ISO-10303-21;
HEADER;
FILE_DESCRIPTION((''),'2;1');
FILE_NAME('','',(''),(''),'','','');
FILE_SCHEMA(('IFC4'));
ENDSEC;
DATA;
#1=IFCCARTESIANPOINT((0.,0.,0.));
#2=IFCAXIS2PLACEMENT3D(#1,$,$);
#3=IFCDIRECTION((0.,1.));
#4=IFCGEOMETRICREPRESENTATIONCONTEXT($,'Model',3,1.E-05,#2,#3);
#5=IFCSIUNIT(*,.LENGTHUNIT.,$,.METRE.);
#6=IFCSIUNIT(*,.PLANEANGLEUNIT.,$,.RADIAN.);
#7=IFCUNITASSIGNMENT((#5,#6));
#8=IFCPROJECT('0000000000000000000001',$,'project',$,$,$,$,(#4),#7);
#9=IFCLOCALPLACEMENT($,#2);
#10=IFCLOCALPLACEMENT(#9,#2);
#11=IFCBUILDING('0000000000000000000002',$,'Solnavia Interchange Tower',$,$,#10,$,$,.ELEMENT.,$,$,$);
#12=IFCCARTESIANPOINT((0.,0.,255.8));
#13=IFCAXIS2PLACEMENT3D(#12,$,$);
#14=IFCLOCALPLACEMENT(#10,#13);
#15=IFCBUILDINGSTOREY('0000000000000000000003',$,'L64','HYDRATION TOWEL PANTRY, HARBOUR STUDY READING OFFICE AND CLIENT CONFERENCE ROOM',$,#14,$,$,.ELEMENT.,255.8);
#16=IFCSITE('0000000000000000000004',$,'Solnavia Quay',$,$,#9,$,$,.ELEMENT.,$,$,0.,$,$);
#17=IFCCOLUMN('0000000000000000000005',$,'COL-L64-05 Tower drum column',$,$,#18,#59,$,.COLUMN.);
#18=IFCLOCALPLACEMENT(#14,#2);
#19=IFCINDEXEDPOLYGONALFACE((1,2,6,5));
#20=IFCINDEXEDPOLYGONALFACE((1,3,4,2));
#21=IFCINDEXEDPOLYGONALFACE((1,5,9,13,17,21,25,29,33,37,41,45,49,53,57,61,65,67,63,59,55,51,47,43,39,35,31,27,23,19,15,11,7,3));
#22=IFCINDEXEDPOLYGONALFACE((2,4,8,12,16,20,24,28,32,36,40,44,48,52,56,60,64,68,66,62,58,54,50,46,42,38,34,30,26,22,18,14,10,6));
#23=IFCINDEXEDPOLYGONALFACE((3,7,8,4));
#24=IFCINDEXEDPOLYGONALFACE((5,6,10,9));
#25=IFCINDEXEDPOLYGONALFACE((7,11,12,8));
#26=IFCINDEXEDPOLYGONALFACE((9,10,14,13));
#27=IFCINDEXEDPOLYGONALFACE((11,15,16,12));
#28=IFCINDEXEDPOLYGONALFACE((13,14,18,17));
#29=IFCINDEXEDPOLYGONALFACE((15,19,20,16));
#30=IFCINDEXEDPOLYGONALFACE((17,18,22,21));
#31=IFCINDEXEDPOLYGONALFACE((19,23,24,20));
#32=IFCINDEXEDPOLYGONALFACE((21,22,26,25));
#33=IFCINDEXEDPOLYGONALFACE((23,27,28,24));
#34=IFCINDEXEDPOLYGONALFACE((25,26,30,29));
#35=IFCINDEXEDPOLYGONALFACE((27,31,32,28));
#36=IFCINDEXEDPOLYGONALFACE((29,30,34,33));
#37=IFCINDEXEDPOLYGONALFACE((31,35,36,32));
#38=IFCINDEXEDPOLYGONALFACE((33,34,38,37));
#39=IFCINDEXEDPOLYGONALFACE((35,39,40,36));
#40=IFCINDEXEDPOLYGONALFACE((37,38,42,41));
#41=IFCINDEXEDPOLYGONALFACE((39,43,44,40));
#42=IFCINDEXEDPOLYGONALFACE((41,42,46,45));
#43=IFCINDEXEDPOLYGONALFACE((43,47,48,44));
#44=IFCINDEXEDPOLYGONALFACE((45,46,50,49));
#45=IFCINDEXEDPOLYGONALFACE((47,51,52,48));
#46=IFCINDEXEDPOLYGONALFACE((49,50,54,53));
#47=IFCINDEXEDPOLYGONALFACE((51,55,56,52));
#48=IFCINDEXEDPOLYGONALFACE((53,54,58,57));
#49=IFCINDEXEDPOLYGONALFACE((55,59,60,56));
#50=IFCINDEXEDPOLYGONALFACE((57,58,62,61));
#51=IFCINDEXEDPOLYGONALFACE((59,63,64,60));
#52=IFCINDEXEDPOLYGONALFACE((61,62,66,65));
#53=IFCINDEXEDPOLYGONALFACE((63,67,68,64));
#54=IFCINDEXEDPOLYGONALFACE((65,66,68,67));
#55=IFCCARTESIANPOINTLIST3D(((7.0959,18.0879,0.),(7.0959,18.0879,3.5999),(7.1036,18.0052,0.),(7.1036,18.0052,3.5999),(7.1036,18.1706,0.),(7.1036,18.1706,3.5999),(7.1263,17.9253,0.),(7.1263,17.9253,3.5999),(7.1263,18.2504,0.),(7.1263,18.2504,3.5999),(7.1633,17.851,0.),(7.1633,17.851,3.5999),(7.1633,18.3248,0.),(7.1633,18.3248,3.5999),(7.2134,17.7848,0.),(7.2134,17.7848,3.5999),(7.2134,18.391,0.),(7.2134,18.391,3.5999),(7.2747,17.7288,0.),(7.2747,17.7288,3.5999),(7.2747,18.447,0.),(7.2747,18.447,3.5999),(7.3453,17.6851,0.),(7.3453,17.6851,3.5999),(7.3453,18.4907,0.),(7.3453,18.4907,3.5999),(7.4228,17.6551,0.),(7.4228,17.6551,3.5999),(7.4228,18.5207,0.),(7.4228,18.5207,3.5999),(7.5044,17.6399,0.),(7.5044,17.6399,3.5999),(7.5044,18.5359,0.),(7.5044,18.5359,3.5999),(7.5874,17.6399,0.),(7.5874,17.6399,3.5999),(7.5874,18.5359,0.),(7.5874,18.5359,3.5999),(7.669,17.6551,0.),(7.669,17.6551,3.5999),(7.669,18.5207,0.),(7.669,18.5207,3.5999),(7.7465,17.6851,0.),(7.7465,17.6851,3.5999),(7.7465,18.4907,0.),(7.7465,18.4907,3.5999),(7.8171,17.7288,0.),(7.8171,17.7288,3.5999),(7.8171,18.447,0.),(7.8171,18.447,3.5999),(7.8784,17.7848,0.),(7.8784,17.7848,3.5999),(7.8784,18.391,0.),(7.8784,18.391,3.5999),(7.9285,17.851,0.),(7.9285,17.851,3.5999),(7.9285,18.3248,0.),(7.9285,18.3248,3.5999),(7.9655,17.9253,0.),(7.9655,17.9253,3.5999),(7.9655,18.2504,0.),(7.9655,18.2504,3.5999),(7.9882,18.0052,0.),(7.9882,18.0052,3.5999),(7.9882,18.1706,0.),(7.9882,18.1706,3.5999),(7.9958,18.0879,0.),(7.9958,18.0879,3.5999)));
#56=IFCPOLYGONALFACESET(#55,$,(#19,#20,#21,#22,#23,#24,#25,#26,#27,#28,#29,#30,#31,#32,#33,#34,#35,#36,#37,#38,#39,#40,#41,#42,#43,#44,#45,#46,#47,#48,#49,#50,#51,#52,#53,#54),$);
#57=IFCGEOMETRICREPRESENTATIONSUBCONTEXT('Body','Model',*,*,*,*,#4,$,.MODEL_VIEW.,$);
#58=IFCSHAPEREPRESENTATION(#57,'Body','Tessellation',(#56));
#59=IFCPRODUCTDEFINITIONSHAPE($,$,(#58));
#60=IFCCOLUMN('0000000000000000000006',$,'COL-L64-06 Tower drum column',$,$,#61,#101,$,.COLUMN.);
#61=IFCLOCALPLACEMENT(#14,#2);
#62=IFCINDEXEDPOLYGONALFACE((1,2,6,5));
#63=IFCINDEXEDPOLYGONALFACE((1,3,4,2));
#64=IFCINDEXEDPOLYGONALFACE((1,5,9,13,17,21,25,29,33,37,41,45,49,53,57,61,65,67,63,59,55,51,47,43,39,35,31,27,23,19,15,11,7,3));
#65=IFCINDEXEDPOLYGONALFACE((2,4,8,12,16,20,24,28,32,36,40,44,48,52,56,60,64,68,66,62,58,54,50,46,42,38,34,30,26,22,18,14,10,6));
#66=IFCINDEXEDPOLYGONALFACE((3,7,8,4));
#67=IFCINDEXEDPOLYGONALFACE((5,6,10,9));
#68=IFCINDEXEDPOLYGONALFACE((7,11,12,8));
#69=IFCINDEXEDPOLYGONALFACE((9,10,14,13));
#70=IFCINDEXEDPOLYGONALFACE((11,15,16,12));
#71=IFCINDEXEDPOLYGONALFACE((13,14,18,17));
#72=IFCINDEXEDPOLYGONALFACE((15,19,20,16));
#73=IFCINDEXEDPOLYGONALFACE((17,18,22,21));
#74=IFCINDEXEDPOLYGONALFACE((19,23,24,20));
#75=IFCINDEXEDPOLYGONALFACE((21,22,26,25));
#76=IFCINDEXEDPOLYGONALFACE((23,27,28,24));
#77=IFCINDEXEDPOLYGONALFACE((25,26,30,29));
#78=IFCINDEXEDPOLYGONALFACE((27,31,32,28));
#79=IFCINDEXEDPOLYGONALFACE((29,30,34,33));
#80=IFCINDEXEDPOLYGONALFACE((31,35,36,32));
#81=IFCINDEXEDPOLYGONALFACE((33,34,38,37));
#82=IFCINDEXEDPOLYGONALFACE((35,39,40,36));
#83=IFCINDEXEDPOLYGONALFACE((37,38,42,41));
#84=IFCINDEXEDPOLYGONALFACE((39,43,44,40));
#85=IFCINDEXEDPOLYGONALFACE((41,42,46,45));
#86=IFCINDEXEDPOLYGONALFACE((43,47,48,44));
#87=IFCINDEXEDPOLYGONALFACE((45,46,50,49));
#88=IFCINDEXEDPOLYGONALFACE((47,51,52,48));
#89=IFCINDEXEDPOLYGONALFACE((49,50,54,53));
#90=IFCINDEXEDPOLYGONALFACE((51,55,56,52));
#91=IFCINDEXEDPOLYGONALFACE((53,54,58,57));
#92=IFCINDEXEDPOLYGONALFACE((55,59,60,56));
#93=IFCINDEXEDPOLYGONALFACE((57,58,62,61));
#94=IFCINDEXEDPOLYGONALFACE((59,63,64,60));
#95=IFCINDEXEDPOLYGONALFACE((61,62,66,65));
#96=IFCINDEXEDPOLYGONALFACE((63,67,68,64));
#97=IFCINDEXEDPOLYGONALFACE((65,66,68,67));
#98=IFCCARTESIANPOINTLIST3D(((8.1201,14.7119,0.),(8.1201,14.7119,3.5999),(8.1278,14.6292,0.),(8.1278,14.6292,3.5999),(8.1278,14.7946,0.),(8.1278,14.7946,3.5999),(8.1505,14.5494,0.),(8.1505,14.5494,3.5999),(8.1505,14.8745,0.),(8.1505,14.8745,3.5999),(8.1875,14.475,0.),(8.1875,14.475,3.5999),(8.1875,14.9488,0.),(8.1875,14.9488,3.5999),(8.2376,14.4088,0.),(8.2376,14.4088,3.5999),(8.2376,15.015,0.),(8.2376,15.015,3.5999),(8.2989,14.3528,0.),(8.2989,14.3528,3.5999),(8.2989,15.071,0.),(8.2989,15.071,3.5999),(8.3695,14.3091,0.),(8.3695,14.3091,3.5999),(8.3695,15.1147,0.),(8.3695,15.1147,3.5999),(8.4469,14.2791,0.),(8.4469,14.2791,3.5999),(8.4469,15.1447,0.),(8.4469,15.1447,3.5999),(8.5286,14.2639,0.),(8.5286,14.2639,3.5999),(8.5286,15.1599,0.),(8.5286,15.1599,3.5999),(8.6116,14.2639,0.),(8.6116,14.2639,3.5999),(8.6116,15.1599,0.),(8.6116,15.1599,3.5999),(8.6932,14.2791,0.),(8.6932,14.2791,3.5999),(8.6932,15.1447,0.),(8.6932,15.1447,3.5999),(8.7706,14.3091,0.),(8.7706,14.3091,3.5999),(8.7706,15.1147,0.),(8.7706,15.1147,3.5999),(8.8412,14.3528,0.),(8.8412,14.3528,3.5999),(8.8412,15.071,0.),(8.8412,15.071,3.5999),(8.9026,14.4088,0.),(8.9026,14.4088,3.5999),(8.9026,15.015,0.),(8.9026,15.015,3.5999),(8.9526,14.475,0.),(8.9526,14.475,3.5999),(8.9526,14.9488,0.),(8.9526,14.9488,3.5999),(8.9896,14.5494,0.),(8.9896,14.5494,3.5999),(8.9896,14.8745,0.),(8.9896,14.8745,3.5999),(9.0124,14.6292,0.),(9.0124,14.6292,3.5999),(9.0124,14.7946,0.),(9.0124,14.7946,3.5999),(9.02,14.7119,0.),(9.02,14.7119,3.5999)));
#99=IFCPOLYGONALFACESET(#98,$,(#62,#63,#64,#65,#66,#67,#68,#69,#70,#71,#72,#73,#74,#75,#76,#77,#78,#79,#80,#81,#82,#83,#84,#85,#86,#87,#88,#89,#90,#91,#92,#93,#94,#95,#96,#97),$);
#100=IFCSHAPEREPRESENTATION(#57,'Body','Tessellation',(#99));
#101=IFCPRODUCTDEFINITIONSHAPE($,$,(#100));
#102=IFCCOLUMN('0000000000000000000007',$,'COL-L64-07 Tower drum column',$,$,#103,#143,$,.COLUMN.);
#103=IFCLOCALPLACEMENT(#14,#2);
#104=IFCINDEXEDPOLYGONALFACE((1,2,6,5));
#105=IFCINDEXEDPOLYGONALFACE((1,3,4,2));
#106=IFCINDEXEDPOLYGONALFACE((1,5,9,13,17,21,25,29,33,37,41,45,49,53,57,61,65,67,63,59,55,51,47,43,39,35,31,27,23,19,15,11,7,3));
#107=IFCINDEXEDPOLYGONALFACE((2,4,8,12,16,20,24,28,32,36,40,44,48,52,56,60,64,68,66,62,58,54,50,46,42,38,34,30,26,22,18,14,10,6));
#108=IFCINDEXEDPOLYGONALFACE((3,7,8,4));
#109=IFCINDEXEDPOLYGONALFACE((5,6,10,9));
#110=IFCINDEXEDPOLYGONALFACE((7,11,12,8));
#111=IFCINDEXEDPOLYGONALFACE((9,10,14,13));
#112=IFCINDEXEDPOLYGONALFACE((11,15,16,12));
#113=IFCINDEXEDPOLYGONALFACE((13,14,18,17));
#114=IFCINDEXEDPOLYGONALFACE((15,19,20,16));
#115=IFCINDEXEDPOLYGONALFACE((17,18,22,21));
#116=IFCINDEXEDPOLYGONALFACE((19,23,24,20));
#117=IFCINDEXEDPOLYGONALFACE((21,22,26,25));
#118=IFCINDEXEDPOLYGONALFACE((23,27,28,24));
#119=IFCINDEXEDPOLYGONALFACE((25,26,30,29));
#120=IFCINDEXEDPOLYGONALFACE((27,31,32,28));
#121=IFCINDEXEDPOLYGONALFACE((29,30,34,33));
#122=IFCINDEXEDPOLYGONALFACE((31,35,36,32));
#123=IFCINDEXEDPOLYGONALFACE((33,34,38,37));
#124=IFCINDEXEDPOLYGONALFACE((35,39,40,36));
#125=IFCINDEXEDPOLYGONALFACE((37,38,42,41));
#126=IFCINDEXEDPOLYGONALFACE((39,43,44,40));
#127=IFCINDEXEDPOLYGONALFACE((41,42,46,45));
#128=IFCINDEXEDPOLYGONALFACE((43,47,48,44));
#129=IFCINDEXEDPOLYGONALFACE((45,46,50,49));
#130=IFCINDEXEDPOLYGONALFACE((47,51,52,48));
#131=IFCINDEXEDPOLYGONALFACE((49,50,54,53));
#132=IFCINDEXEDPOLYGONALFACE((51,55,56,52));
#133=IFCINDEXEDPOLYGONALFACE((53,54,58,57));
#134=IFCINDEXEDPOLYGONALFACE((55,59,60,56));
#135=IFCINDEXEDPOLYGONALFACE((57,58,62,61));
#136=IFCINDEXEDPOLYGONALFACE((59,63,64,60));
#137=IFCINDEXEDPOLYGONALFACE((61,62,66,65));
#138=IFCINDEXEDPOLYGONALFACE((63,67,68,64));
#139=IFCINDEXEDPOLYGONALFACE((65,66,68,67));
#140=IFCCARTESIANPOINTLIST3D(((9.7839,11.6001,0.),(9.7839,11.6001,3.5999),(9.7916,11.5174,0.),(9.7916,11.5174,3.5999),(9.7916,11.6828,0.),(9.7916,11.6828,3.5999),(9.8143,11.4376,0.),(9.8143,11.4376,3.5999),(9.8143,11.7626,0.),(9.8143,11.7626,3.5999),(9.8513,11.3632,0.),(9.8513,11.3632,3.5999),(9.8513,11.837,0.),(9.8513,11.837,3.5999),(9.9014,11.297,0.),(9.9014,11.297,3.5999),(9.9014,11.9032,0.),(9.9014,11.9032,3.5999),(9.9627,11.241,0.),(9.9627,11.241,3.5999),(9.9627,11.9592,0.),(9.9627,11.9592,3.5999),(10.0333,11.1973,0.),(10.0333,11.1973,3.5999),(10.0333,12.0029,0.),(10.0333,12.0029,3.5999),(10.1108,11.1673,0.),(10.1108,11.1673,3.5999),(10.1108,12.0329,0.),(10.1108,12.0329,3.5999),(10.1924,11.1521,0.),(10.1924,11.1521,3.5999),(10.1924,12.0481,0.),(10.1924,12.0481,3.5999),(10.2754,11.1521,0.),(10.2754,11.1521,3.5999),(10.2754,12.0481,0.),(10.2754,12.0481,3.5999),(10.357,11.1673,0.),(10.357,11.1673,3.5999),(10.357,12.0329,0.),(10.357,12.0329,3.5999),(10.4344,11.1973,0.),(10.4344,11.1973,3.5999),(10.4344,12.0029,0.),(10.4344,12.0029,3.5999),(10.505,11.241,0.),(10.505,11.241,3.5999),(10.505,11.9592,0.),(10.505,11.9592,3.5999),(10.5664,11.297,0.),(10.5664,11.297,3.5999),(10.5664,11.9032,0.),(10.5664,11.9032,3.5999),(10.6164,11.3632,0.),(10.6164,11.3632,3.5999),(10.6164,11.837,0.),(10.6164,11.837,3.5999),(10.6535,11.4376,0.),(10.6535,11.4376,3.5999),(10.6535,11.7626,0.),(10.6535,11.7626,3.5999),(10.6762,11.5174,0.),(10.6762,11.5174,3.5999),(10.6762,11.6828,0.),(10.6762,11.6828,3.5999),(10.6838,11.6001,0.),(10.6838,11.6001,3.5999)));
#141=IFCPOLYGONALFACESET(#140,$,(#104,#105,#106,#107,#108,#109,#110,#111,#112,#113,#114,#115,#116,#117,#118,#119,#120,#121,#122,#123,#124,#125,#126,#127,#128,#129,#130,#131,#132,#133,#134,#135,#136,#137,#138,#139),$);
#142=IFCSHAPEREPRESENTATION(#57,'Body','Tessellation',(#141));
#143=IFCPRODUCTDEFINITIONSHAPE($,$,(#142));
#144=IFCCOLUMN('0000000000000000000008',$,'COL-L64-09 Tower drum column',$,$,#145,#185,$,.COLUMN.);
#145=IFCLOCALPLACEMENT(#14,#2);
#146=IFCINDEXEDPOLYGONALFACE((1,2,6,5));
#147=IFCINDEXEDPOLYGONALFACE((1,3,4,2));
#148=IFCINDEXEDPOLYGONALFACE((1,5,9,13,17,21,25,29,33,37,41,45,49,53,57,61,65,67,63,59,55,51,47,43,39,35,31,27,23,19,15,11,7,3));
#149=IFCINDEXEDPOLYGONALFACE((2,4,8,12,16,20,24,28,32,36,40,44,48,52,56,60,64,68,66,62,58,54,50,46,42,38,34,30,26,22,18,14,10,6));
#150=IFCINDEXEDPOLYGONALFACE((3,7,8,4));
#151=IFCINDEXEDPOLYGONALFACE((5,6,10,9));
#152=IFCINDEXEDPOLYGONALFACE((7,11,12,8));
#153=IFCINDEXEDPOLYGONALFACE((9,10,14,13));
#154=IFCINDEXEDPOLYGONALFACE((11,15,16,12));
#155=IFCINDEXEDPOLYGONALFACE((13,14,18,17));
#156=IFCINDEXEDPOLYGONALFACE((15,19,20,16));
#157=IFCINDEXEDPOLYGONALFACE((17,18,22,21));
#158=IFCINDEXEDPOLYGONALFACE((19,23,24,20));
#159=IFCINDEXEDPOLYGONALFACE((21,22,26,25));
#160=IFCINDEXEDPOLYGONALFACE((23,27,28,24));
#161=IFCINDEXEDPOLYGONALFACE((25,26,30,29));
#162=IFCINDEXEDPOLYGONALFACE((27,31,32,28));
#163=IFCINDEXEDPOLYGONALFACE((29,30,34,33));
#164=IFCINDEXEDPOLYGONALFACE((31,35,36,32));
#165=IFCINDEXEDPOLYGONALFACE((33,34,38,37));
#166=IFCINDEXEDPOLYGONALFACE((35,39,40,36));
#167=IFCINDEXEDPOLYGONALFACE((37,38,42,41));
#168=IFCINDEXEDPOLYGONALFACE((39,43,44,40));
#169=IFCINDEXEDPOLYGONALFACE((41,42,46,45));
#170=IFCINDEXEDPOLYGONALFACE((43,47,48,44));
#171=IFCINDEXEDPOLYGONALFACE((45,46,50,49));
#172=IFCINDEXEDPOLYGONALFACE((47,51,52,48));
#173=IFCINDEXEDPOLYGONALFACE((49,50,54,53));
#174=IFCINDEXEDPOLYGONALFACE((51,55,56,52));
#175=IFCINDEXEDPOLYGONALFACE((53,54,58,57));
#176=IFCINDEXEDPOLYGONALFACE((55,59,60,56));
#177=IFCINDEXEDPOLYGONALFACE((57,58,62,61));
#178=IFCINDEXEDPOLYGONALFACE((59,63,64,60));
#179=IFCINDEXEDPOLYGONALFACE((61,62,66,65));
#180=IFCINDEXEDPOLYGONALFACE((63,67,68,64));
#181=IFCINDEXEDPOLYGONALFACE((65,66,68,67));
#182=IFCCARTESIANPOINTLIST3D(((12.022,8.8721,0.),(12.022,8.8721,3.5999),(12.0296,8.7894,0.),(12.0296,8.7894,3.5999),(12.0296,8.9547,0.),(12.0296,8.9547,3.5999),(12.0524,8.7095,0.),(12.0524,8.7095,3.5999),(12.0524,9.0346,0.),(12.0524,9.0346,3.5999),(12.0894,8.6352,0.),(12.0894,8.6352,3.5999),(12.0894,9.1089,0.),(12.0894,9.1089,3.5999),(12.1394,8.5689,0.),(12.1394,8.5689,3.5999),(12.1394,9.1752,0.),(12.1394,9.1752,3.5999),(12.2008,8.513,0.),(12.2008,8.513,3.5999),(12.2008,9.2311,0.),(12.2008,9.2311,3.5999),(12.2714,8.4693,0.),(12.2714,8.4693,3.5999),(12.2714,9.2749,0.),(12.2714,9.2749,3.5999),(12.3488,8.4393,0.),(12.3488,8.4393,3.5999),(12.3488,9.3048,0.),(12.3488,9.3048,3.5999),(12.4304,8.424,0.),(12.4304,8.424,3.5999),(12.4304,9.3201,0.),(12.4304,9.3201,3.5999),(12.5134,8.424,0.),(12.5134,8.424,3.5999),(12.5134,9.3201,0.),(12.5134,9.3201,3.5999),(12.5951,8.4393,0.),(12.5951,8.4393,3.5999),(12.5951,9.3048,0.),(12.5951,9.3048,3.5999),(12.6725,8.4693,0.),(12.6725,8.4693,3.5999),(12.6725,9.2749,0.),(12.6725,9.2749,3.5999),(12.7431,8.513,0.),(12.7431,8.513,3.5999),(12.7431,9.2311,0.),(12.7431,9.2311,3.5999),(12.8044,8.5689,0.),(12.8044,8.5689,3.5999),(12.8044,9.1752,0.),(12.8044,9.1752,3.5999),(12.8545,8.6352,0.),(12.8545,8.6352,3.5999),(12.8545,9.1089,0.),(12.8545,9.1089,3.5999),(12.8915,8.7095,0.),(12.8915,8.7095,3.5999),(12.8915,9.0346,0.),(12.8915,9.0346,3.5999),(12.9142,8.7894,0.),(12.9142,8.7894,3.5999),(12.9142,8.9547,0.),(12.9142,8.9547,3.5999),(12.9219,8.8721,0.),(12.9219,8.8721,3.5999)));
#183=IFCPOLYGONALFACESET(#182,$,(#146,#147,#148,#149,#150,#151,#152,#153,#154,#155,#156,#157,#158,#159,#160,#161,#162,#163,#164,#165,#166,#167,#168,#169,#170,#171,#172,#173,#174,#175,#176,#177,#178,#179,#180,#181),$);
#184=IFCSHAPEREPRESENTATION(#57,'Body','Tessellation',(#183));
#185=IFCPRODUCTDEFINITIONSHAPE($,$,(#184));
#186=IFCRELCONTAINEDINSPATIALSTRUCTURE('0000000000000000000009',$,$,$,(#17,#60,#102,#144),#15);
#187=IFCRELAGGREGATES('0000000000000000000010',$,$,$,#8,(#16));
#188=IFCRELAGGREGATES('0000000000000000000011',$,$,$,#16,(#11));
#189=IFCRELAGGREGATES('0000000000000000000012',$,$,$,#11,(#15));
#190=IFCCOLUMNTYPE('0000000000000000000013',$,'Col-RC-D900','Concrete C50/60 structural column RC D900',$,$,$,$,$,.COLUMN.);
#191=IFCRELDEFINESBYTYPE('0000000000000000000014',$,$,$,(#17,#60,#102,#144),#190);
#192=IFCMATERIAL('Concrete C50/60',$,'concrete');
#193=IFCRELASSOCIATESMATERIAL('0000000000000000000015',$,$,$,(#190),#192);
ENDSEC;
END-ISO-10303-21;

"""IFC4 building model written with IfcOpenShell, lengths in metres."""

from ifc_helpers import new_model, si_unit, direction, frame, origin, origin_2d, place, context, subcontext, project, spatial, circle, extrude, material, material_profile, profile_set, type_object, element, save


model = new_model("IFC4")

# Units and contexts
model_context = context("Model", 3, precision=1e-05, world=origin(), true_north=direction((0.0, 1.0)))
body_context = subcontext(model_context, "Body", "Model", "MODEL_VIEW")
ifc_project = project(units=[si_unit("LENGTHUNIT", "METRE"), si_unit("PLANEANGLEUNIT", "RADIAN")], contexts=[model_context])

# Site, building, storey
site_placement = place(None, origin())
site = spatial("IfcSite", under=ifc_project, at=site_placement, Name="Solnavia Quay", CompositionType="ELEMENT", RefElevation=0.0)
building_placement = place(site_placement, origin())
building = spatial("IfcBuilding", under=site, at=building_placement, Name="Solnavia Interchange Tower", CompositionType="ELEMENT")
storey_placement = place(building_placement, frame((0.0, 0.0, 255.8)))
storey = spatial("IfcBuildingStorey", under=building, at=storey_placement, Name="L64", Description="HYDRATION TOWEL PANTRY, HARBOUR STUDY READING OFFICE AND CLIENT CONFERENCE ROOM", CompositionType="ELEMENT", Elevation=255.8)

# Columns
ifc_material_1 = material(Name="Concrete C50/60", Category="concrete")
ifc_material_profile_1 = material_profile(ifc_material_1, circle(Radius=0.45, at=origin_2d()), Name="RC D900")
ifc_profile_set_1 = profile_set([ifc_material_profile_1], Name="Concrete C50/60")
column_type = type_object("IfcColumnType", Name="Col-RC-D900", Description="Concrete C50/60 structural column RC D900", PredefinedType="COLUMN", material=ifc_profile_set_1)
for number, where, z_axis, x_axis, name in (
    (1, (7.5459, 18.0879, 0.0), (0.0, 0.0, 1.0), (1.0, 0.0, 0.0), "COL-L64-05 Tower drum column"),
    (2, (8.5701, 14.7119, 0.0), (0.0, 0.0, 1.0), (1.0, 0.0, 0.0), "COL-L64-06 Tower drum column"),
    (3, (10.2339, 11.6001, 0.0), (0.0, 0.0, 1.0), (1.0, 0.0, 0.0), "COL-L64-07 Tower drum column"),
    (4, (12.4719, 8.8721, 0.0), (0.0, 0.0, 1.0), (1.0, 0.0, 0.0), "COL-L64-09 Tower drum column"),
):
    element("IfcColumn", number, at=place(storey_placement, frame(where, z_axis=z_axis, x_axis=x_axis)), inside=storey, type_object=column_type, Name=name, PredefinedType="COLUMN", context=body_context, shape_type="SweptSolid", body=[
        extrude(circle(Radius=0.45, at=origin_2d()), origin(), (0.0, 0.0, 1.0), 3.5999),
    ])

save(model, "model.ifc")
